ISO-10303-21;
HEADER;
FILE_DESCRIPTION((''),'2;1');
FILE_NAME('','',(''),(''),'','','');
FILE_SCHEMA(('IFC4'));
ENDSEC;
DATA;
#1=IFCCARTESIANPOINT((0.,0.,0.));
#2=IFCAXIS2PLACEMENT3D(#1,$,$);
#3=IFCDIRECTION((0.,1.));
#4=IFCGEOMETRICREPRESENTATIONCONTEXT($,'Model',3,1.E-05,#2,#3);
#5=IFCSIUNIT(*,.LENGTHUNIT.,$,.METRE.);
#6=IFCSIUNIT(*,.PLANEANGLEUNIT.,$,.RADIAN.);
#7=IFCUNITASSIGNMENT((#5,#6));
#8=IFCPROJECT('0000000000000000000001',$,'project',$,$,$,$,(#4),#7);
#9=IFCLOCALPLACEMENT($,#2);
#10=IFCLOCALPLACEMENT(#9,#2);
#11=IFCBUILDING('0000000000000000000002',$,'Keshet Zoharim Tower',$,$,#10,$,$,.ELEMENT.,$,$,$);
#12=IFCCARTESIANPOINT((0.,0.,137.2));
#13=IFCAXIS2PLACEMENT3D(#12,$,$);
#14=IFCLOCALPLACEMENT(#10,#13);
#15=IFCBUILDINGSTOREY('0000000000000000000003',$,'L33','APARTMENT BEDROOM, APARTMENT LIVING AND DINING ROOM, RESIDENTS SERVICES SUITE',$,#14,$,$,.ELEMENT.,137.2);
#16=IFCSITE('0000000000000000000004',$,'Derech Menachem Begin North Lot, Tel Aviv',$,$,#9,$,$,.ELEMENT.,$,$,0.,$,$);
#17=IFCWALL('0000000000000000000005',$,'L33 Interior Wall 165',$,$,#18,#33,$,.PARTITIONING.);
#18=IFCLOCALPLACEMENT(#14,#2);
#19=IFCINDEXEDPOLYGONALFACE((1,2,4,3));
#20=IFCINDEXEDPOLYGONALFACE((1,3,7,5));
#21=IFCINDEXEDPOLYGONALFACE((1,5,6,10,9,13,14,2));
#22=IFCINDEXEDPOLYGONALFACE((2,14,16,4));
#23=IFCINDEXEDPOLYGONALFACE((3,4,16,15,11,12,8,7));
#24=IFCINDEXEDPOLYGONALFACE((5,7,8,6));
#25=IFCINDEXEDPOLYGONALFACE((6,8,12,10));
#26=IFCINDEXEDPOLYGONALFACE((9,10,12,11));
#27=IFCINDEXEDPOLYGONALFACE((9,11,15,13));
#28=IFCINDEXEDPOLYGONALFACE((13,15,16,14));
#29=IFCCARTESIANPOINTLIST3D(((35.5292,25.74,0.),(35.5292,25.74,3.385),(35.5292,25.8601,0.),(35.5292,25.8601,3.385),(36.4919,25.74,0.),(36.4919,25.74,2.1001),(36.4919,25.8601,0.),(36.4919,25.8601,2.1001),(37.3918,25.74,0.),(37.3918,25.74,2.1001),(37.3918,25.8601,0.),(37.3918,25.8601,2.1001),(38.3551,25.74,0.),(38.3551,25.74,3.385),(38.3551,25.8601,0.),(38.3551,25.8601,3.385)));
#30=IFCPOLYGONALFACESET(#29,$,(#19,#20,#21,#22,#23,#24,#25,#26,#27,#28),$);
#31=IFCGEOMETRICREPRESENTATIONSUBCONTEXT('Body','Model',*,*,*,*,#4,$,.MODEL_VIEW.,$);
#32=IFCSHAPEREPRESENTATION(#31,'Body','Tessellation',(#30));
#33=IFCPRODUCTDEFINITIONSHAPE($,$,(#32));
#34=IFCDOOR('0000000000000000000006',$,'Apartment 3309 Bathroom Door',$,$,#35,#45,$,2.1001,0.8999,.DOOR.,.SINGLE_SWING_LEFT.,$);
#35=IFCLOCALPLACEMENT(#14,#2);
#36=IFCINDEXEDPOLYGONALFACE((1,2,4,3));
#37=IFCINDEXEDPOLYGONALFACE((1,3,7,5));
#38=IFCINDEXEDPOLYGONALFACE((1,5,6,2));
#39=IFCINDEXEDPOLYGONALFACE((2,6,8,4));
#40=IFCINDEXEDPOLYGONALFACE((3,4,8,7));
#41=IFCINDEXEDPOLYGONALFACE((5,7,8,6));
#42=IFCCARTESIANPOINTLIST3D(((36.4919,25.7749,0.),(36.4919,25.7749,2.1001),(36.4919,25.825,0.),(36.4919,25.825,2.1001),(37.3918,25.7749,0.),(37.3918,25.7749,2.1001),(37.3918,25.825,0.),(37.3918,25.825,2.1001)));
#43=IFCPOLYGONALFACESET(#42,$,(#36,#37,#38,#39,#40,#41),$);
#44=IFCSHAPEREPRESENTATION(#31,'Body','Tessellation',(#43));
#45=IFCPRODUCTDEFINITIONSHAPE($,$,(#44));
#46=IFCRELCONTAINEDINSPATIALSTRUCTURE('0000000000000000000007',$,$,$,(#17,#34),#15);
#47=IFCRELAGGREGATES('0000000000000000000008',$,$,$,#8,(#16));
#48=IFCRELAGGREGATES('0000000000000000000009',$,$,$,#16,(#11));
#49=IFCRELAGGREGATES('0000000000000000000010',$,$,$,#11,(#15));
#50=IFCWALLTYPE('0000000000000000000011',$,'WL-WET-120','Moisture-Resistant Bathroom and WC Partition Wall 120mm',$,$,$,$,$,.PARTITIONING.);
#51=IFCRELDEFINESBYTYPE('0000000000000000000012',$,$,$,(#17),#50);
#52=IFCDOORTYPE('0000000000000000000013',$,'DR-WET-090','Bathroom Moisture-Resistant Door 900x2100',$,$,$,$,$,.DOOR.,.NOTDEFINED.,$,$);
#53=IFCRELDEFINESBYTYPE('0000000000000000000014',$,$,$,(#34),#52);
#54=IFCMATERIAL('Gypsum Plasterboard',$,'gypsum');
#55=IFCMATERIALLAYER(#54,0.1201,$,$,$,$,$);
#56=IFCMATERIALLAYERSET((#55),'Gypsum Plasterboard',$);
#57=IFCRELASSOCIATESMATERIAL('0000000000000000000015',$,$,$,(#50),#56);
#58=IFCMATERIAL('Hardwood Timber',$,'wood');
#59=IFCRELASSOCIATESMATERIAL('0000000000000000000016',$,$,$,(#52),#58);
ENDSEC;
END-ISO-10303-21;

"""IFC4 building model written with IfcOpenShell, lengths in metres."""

from ifc_helpers import new_model, si_unit, direction, frame, frame_2d, origin, place, context, subcontext, project, spatial, rectangle, extrude, material, layer, layer_set, type_object, element, fill, save


model = new_model("IFC4")

# Units and contexts
model_context = context("Model", 3, precision=1e-05, world=origin(), true_north=direction((0.0, 1.0)))
body_context = subcontext(model_context, "Body", "Model", "MODEL_VIEW")
ifc_project = project(units=[si_unit("LENGTHUNIT", "METRE"), si_unit("PLANEANGLEUNIT", "RADIAN")], contexts=[model_context])

# Site, building, storey
site_placement = place(None, origin())
site = spatial("IfcSite", under=ifc_project, at=site_placement, Name="Derech Menachem Begin North Lot, Tel Aviv", CompositionType="ELEMENT", RefElevation=0.0)
building_placement = place(site_placement, origin())
building = spatial("IfcBuilding", under=site, at=building_placement, Name="Keshet Zoharim Tower", CompositionType="ELEMENT")
storey_placement = place(building_placement, frame((0.0, 0.0, 137.2)))
storey = spatial("IfcBuildingStorey", under=building, at=storey_placement, Name="L33", Description="APARTMENT BEDROOM, APARTMENT LIVING AND DINING ROOM, RESIDENTS SERVICES SUITE", CompositionType="ELEMENT", Elevation=137.2)

# Shared definitions
ifc_material_1 = material(Name="Hardwood Timber", Category="wood")

# Shared definitions
ifc_material_2 = material(Name="Gypsum Plasterboard", Category="gypsum")

# Shared definitions
ifc_layer_1 = layer(ifc_material_2, 0.1201)
ifc_layer_set_1 = layer_set([ifc_layer_1], Name="Gypsum Plasterboard")
wall_type_1 = type_object("IfcWallType", Name="WL-WET-120", Description="Moisture-Resistant Bathroom and WC Partition Wall 120mm", PredefinedType="PARTITIONING", material=ifc_layer_set_1)

# Wall, opening, door
wall_1_placement = place(storey_placement, frame((35.5291, 25.8, 0.0), z_axis=(0.0, 0.0, 1.0), x_axis=(1.0, 0.0, 0.0)))
wall_1 = element("IfcWall", 1, at=wall_1_placement, inside=storey, type_object=wall_type_1, Name="L33 Interior Wall 165", PredefinedType="PARTITIONING", context=body_context, shape_type="SweptSolid", body=[
    extrude(rectangle(XDim=2.8259, YDim=0.1201, at=frame_2d((1.4131, 0.0))), origin(), (0.0, 0.0, 1.0), 3.385),
])
opening_1_placement = place(wall_1_placement, frame((0.9629, 0.0, 0.0)))
opening_1 = element("IfcOpeningElement", 2, at=opening_1_placement, cuts=wall_1, PredefinedType="OPENING", context=body_context, shape_type="SweptSolid", body=[
    extrude(rectangle(XDim=0.8999, YDim=2.1001, at=frame_2d((0.45, 1.05))), frame((0.0, 0.0701, 0.0), z_axis=(0.0, -1.0, 0.0), x_axis=(1.0, 0.0, 0.0)), (0.0, 0.0, 1.0), 0.1401),
])
door_type_1 = type_object("IfcDoorType", Name="DR-WET-090", Description="Bathroom Moisture-Resistant Door 900x2100", OperationType="NOTDEFINED", PredefinedType="DOOR", material=ifc_material_1)
door_1_placement = place(opening_1_placement, origin())
door_1 = element("IfcDoor", 3, at=door_1_placement, inside=storey, type_object=door_type_1, Name="Apartment 3309 Bathroom Door", OperationType="SINGLE_SWING_LEFT", OverallHeight=2.1001, OverallWidth=0.8999, PredefinedType="DOOR", context=body_context, shape_type="SweptSolid", body=[
    extrude(rectangle(XDim=0.8999, YDim=2.1001, at=frame_2d((0.45, 1.05))), frame((0.0, 0.0249, 0.0), z_axis=(0.0, -1.0, 0.0), x_axis=(1.0, 0.0, 0.0)), (0.0, 0.0, 1.0), 0.05),
])
fill(opening_1, door_1)

save(model, "model.ifc")
